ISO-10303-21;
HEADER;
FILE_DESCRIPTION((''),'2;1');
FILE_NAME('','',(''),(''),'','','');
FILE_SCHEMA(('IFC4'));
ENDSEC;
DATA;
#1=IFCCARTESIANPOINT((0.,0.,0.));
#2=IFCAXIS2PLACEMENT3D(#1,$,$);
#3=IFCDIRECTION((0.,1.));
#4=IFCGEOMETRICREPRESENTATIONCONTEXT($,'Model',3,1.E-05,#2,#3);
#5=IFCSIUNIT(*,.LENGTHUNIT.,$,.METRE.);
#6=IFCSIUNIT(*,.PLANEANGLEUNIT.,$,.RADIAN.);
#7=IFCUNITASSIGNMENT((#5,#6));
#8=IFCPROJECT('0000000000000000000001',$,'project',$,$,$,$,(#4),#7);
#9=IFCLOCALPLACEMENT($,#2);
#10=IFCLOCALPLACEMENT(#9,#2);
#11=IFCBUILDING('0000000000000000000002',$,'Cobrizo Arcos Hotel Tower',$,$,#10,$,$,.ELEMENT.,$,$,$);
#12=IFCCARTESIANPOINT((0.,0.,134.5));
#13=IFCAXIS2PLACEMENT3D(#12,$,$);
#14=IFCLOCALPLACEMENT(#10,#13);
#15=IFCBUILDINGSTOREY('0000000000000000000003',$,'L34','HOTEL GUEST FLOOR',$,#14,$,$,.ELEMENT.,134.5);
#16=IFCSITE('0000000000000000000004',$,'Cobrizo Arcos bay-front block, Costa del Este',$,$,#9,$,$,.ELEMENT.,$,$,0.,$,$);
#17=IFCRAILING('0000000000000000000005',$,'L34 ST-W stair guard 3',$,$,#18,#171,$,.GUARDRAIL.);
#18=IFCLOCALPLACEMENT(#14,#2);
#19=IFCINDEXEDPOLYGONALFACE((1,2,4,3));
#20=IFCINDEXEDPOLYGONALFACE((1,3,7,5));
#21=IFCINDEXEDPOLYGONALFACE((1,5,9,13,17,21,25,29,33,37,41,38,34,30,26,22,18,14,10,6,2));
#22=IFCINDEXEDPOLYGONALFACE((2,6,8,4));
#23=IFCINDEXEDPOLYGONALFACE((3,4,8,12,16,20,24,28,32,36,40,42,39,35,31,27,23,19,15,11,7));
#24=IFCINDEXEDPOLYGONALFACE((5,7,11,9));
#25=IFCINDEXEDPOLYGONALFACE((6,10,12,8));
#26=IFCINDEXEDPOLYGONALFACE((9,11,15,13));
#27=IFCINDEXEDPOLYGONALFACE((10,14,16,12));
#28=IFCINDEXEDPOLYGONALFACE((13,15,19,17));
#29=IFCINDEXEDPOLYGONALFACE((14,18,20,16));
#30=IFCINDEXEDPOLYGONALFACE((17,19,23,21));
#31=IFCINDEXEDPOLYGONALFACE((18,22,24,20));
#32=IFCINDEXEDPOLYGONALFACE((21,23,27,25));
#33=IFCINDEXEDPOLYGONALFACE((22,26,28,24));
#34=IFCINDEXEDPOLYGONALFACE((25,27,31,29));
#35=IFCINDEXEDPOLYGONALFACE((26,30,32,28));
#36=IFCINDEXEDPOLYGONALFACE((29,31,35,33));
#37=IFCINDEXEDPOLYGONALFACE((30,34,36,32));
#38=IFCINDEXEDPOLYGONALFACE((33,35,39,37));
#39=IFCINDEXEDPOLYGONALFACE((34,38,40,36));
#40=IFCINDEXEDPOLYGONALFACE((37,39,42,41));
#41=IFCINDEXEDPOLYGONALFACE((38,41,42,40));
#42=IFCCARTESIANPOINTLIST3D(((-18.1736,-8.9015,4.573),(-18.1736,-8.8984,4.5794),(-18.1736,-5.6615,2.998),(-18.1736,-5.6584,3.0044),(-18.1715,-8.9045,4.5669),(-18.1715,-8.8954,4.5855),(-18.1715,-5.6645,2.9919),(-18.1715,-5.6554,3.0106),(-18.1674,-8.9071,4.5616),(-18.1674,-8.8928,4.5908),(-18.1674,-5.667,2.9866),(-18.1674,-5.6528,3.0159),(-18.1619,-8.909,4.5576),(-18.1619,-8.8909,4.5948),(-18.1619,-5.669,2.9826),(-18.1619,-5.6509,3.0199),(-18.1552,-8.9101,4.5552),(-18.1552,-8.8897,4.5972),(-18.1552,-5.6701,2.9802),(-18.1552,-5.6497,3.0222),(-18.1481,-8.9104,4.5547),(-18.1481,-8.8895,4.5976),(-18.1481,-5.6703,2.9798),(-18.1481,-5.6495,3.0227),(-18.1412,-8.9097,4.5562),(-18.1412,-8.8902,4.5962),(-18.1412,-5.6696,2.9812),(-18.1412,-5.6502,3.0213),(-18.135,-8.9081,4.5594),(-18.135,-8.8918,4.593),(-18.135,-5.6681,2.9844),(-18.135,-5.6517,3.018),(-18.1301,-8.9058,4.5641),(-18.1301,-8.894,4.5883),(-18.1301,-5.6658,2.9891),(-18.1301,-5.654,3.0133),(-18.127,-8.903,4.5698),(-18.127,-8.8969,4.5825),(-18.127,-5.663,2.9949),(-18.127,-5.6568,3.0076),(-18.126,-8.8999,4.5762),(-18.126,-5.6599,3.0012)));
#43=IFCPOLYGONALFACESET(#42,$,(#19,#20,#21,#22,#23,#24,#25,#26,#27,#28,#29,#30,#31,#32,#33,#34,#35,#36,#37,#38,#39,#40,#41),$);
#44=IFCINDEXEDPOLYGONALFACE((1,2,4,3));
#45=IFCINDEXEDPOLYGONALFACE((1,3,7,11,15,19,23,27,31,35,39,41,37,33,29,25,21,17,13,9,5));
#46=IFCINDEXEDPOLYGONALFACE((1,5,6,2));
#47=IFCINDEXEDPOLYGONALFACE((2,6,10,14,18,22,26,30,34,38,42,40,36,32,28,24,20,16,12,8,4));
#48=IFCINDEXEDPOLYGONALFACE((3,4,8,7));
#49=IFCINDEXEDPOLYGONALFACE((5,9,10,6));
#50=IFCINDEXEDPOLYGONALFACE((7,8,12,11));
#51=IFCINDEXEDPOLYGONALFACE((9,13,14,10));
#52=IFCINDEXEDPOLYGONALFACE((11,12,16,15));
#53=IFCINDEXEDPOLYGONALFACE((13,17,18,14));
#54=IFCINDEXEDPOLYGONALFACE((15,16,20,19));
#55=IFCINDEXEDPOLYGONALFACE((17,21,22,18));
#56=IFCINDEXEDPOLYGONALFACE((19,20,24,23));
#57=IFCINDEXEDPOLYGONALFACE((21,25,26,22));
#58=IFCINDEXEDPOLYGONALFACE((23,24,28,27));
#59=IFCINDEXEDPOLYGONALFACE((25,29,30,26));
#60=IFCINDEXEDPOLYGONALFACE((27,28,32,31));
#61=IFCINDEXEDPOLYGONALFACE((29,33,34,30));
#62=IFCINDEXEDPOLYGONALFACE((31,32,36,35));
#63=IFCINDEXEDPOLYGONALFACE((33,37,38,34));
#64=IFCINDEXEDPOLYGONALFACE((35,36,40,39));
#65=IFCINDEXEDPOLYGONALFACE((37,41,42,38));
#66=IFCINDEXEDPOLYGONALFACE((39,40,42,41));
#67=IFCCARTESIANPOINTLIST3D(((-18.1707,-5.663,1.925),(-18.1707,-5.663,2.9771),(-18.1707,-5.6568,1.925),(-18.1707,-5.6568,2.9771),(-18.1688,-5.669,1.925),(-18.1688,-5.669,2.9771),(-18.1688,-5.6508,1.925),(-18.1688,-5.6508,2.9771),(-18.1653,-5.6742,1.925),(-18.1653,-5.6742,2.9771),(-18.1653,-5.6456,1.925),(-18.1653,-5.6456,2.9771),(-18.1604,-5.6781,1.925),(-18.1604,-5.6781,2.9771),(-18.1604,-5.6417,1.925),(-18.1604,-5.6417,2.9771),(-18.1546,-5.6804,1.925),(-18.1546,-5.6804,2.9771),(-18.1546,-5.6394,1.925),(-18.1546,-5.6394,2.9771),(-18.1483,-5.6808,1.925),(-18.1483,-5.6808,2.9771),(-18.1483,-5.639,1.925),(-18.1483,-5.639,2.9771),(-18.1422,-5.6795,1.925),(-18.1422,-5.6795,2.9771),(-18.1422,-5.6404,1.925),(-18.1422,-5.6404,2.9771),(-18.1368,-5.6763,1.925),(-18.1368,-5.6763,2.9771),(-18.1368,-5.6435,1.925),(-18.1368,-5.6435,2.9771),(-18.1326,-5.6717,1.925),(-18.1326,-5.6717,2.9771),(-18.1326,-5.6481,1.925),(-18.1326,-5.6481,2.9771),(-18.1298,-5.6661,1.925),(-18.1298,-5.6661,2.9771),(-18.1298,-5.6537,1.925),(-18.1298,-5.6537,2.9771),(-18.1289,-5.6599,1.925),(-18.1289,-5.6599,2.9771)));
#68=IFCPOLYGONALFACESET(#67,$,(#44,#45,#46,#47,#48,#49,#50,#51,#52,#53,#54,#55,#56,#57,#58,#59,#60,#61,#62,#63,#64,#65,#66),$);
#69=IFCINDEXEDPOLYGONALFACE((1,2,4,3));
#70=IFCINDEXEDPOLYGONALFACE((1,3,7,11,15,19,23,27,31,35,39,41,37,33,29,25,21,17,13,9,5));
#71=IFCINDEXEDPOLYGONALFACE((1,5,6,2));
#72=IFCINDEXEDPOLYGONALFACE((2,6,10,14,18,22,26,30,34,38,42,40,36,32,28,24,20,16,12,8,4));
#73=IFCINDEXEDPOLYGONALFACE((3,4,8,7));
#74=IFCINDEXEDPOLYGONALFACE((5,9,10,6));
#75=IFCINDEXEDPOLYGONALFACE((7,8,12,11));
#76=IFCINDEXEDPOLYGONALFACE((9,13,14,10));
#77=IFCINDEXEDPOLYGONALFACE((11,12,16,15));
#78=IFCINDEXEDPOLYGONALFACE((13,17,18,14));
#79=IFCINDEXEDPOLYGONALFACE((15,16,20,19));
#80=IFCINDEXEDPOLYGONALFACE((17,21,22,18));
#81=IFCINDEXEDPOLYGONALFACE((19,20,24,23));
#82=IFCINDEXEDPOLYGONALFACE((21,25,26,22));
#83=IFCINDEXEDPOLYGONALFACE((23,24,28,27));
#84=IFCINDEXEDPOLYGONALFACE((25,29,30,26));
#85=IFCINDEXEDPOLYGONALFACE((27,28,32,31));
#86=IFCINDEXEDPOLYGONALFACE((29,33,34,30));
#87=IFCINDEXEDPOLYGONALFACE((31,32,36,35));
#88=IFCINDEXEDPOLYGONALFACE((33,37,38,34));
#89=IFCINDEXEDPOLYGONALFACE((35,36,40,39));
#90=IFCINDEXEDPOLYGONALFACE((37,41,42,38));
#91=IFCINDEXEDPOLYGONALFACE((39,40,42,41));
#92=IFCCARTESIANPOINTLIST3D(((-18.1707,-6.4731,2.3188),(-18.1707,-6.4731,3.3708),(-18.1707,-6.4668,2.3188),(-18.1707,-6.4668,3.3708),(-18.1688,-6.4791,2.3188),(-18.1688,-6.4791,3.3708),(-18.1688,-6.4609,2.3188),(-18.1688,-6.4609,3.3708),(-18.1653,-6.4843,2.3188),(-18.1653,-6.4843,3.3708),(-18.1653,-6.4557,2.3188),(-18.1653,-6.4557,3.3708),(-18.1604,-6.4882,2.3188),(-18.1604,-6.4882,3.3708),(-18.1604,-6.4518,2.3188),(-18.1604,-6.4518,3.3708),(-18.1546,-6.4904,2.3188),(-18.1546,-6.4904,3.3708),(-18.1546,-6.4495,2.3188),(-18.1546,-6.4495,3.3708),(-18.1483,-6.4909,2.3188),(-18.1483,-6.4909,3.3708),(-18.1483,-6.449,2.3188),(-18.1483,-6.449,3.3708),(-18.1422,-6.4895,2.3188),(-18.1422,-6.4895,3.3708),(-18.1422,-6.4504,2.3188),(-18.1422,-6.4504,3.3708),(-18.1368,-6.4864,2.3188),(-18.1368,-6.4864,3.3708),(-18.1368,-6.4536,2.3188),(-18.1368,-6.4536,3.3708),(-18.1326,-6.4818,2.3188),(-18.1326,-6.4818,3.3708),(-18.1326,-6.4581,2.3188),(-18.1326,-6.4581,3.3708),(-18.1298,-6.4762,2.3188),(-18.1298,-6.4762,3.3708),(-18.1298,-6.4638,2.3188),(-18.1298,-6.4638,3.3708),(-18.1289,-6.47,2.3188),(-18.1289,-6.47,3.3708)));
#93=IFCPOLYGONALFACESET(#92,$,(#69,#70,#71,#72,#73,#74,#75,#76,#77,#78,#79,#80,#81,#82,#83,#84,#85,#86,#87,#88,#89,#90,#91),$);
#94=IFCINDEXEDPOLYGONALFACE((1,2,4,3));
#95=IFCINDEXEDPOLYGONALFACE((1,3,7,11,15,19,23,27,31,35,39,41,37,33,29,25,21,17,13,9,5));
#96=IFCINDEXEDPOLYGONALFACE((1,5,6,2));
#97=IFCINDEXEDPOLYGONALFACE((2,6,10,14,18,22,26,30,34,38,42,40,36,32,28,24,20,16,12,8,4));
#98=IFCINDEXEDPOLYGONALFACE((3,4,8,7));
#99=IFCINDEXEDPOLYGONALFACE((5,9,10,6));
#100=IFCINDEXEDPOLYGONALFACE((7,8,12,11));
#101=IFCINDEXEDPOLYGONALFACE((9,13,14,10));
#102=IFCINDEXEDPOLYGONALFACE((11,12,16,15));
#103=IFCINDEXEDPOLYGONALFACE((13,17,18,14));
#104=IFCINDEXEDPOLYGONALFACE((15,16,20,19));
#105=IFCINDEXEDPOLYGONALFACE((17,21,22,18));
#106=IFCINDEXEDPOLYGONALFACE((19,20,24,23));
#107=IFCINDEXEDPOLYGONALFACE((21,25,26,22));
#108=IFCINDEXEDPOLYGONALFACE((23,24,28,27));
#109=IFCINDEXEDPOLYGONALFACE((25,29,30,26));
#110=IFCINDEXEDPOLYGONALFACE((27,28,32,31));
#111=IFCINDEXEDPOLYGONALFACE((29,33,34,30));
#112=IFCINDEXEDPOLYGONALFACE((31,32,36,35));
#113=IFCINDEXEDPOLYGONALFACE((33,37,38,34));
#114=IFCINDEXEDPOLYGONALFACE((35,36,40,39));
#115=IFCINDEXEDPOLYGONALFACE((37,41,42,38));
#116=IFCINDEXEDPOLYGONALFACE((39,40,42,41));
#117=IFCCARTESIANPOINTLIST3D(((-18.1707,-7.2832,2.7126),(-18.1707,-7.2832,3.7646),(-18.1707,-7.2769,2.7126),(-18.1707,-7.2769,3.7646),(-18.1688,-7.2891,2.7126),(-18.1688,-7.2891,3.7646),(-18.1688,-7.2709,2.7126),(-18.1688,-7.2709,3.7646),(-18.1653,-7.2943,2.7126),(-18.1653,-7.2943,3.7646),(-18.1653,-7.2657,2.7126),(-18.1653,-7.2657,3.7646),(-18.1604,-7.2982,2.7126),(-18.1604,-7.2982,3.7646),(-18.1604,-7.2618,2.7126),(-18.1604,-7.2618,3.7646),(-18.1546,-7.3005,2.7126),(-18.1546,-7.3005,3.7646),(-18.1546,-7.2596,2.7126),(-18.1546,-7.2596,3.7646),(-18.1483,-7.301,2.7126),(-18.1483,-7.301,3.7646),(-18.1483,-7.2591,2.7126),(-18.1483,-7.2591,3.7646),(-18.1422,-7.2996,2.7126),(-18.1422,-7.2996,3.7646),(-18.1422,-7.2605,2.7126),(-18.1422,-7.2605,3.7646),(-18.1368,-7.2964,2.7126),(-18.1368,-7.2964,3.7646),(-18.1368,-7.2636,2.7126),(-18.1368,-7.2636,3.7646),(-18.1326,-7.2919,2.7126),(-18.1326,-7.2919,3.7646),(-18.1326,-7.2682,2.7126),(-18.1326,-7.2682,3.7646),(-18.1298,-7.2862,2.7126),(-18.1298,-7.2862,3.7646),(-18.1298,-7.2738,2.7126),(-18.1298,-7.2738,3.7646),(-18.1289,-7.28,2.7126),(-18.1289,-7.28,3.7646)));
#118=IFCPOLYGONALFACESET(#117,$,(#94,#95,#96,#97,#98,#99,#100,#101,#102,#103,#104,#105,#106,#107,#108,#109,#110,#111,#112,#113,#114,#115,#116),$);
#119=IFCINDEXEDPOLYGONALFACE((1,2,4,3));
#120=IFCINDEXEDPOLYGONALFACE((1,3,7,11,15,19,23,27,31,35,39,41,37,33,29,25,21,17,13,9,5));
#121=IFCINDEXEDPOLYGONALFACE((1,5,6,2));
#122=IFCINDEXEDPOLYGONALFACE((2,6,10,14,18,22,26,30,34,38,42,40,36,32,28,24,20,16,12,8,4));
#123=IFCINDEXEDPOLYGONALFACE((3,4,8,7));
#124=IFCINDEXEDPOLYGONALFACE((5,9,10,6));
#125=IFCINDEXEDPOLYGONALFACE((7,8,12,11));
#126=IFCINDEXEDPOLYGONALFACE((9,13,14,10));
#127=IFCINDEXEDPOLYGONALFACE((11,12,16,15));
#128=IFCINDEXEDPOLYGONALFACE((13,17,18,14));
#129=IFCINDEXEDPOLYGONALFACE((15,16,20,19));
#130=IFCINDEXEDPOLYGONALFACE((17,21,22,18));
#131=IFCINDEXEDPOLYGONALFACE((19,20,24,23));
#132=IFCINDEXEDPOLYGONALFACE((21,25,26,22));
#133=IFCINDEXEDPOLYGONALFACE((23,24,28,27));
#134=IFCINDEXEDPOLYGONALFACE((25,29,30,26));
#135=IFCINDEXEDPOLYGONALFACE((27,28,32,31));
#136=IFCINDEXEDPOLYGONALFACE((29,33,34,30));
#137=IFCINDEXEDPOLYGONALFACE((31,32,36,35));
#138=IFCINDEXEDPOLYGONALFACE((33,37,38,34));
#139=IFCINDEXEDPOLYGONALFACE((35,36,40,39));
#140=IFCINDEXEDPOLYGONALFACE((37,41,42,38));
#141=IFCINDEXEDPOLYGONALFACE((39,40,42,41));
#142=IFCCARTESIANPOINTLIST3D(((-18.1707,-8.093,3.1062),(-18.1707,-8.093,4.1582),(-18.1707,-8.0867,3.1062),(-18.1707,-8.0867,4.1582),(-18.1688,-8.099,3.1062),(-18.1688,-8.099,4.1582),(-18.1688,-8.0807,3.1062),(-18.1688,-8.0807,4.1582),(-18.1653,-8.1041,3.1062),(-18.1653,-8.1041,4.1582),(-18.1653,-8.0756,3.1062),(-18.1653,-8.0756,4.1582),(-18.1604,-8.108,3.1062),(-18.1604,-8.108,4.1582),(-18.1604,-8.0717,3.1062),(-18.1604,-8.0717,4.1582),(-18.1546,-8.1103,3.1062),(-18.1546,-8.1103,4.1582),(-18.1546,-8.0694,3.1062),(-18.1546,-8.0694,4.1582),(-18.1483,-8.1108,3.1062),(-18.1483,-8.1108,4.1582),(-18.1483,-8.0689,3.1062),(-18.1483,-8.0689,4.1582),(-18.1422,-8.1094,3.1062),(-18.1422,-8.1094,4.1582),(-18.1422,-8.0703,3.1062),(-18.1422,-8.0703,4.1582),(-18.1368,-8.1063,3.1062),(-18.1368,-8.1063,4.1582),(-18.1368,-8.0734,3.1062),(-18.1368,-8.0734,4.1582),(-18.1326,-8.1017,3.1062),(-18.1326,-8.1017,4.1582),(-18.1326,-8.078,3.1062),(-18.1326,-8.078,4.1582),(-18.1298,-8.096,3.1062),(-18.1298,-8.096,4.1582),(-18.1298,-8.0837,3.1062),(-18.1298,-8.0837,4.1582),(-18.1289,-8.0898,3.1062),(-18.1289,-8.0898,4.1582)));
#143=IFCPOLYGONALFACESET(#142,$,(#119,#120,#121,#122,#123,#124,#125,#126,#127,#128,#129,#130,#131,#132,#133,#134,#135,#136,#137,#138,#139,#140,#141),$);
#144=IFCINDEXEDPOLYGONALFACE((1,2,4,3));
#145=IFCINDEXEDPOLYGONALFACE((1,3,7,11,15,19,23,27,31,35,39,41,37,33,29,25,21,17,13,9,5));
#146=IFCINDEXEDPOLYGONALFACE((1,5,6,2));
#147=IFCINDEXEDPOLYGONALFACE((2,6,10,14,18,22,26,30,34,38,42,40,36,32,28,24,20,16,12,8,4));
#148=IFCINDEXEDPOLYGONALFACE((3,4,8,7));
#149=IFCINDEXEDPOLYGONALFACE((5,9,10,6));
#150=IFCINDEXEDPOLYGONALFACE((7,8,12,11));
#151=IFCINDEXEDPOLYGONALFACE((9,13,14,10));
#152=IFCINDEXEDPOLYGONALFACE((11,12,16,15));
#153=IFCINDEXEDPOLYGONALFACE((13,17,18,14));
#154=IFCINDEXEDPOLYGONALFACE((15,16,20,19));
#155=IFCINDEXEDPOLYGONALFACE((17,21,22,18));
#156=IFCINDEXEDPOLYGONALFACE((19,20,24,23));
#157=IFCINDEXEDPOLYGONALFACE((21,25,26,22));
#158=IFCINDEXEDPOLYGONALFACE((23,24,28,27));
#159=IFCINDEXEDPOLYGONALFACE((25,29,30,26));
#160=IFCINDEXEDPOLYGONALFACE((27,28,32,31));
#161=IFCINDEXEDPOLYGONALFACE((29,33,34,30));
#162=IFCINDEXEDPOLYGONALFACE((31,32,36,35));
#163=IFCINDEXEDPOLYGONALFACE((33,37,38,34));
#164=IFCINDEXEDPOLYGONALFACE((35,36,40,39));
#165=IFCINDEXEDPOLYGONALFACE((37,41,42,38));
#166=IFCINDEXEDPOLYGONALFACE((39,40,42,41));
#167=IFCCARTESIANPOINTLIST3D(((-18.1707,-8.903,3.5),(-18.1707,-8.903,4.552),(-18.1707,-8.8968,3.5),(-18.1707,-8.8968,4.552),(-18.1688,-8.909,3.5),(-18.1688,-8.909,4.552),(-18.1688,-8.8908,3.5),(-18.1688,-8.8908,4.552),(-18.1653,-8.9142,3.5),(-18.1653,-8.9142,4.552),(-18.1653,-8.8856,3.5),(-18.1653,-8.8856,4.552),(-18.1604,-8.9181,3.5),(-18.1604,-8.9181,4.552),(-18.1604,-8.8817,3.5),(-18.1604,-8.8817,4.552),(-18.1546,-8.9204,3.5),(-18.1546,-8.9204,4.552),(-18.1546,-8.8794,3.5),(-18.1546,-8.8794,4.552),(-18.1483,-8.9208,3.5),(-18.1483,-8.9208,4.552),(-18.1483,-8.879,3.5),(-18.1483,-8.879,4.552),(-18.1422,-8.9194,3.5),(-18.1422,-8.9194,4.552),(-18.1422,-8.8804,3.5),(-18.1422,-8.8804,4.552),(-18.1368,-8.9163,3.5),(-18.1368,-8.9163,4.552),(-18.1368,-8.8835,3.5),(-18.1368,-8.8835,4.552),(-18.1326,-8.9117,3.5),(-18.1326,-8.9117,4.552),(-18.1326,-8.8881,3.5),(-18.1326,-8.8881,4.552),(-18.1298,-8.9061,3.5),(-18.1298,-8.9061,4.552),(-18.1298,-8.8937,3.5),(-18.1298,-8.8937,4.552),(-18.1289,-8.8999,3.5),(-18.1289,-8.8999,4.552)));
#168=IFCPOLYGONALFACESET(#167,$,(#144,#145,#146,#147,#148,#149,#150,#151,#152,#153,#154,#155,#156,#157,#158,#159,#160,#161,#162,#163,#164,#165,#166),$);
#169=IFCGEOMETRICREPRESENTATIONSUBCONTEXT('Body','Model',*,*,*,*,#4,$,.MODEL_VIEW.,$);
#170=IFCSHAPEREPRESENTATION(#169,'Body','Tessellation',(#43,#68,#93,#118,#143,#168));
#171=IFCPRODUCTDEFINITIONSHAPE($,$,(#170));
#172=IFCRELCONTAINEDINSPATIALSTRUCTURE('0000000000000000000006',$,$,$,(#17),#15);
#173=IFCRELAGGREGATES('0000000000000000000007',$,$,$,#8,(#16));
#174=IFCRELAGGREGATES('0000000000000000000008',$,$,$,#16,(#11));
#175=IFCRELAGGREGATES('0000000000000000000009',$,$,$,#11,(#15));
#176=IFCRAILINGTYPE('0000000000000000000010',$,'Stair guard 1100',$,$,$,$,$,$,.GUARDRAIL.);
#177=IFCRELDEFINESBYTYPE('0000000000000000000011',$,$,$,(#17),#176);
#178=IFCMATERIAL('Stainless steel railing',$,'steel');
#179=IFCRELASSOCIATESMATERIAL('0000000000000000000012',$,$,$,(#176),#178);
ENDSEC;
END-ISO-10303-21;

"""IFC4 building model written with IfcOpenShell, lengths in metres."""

from ifc_helpers import new_model, si_unit, direction, frame, origin, origin_2d, place, context, subcontext, project, spatial, circle, extrude, material, type_object, element, save


model = new_model("IFC4")

# Units and contexts
model_context = context("Model", 3, precision=1e-05, world=origin(), true_north=direction((0.0, 1.0)))
body_context = subcontext(model_context, "Body", "Model", "MODEL_VIEW")
ifc_project = project(units=[si_unit("LENGTHUNIT", "METRE"), si_unit("PLANEANGLEUNIT", "RADIAN")], contexts=[model_context])

# Site, building, storey
site_placement = place(None, origin())
site = spatial("IfcSite", under=ifc_project, at=site_placement, Name="Cobrizo Arcos bay-front block, Costa del Este", CompositionType="ELEMENT", RefElevation=0.0)
building_placement = place(site_placement, origin())
building = spatial("IfcBuilding", under=site, at=building_placement, Name="Cobrizo Arcos Hotel Tower", CompositionType="ELEMENT")
storey_placement = place(building_placement, frame((0.0, 0.0, 134.5)))
storey = spatial("IfcBuildingStorey", under=building, at=storey_placement, Name="L34", Description="HOTEL GUEST FLOOR", CompositionType="ELEMENT", Elevation=134.5)

# Railing
ifc_material_1 = material(Name="Stainless steel railing", Category="steel")
railing_type_1 = type_object("IfcRailingType", Name="Stair guard 1100", PredefinedType="GUARDRAIL", material=ifc_material_1)
railing_1_placement = place(storey_placement, frame((-18.1499, -5.6599, 1.925)))
element("IfcRailing", 1, at=railing_1_placement, inside=storey, type_object=railing_type_1, Name="L34 ST-W stair guard 3", PredefinedType="GUARDRAIL", context=body_context, shape_type="SweptSolid", body=[
    extrude(circle(Radius=0.0239, at=origin_2d()), frame((0.0, 0.0, 1.0762), z_axis=(0.0, -0.899373, 0.437183), x_axis=(1.0, 0.0, 0.0)), (0.0, 0.0, 1.0), 3.6025),
    extrude(circle(Radius=0.021, at=origin_2d()), origin(), (0.0, 0.0, 1.0), 1.052),
    extrude(circle(Radius=0.021, at=origin_2d()), frame((0.0, -0.8101, 0.3938)), (0.0, 0.0, 1.0), 1.052),
    extrude(circle(Radius=0.021, at=origin_2d()), frame((0.0, -1.6201, 0.7876)), (0.0, 0.0, 1.0), 1.052),
    extrude(circle(Radius=0.021, at=origin_2d()), frame((0.0, -2.4299, 1.1812)), (0.0, 0.0, 1.0), 1.052),
    extrude(circle(Radius=0.021, at=origin_2d()), frame((0.0, -3.24, 1.575)), (0.0, 0.0, 1.0), 1.052),
])

save(model, "model.ifc")
